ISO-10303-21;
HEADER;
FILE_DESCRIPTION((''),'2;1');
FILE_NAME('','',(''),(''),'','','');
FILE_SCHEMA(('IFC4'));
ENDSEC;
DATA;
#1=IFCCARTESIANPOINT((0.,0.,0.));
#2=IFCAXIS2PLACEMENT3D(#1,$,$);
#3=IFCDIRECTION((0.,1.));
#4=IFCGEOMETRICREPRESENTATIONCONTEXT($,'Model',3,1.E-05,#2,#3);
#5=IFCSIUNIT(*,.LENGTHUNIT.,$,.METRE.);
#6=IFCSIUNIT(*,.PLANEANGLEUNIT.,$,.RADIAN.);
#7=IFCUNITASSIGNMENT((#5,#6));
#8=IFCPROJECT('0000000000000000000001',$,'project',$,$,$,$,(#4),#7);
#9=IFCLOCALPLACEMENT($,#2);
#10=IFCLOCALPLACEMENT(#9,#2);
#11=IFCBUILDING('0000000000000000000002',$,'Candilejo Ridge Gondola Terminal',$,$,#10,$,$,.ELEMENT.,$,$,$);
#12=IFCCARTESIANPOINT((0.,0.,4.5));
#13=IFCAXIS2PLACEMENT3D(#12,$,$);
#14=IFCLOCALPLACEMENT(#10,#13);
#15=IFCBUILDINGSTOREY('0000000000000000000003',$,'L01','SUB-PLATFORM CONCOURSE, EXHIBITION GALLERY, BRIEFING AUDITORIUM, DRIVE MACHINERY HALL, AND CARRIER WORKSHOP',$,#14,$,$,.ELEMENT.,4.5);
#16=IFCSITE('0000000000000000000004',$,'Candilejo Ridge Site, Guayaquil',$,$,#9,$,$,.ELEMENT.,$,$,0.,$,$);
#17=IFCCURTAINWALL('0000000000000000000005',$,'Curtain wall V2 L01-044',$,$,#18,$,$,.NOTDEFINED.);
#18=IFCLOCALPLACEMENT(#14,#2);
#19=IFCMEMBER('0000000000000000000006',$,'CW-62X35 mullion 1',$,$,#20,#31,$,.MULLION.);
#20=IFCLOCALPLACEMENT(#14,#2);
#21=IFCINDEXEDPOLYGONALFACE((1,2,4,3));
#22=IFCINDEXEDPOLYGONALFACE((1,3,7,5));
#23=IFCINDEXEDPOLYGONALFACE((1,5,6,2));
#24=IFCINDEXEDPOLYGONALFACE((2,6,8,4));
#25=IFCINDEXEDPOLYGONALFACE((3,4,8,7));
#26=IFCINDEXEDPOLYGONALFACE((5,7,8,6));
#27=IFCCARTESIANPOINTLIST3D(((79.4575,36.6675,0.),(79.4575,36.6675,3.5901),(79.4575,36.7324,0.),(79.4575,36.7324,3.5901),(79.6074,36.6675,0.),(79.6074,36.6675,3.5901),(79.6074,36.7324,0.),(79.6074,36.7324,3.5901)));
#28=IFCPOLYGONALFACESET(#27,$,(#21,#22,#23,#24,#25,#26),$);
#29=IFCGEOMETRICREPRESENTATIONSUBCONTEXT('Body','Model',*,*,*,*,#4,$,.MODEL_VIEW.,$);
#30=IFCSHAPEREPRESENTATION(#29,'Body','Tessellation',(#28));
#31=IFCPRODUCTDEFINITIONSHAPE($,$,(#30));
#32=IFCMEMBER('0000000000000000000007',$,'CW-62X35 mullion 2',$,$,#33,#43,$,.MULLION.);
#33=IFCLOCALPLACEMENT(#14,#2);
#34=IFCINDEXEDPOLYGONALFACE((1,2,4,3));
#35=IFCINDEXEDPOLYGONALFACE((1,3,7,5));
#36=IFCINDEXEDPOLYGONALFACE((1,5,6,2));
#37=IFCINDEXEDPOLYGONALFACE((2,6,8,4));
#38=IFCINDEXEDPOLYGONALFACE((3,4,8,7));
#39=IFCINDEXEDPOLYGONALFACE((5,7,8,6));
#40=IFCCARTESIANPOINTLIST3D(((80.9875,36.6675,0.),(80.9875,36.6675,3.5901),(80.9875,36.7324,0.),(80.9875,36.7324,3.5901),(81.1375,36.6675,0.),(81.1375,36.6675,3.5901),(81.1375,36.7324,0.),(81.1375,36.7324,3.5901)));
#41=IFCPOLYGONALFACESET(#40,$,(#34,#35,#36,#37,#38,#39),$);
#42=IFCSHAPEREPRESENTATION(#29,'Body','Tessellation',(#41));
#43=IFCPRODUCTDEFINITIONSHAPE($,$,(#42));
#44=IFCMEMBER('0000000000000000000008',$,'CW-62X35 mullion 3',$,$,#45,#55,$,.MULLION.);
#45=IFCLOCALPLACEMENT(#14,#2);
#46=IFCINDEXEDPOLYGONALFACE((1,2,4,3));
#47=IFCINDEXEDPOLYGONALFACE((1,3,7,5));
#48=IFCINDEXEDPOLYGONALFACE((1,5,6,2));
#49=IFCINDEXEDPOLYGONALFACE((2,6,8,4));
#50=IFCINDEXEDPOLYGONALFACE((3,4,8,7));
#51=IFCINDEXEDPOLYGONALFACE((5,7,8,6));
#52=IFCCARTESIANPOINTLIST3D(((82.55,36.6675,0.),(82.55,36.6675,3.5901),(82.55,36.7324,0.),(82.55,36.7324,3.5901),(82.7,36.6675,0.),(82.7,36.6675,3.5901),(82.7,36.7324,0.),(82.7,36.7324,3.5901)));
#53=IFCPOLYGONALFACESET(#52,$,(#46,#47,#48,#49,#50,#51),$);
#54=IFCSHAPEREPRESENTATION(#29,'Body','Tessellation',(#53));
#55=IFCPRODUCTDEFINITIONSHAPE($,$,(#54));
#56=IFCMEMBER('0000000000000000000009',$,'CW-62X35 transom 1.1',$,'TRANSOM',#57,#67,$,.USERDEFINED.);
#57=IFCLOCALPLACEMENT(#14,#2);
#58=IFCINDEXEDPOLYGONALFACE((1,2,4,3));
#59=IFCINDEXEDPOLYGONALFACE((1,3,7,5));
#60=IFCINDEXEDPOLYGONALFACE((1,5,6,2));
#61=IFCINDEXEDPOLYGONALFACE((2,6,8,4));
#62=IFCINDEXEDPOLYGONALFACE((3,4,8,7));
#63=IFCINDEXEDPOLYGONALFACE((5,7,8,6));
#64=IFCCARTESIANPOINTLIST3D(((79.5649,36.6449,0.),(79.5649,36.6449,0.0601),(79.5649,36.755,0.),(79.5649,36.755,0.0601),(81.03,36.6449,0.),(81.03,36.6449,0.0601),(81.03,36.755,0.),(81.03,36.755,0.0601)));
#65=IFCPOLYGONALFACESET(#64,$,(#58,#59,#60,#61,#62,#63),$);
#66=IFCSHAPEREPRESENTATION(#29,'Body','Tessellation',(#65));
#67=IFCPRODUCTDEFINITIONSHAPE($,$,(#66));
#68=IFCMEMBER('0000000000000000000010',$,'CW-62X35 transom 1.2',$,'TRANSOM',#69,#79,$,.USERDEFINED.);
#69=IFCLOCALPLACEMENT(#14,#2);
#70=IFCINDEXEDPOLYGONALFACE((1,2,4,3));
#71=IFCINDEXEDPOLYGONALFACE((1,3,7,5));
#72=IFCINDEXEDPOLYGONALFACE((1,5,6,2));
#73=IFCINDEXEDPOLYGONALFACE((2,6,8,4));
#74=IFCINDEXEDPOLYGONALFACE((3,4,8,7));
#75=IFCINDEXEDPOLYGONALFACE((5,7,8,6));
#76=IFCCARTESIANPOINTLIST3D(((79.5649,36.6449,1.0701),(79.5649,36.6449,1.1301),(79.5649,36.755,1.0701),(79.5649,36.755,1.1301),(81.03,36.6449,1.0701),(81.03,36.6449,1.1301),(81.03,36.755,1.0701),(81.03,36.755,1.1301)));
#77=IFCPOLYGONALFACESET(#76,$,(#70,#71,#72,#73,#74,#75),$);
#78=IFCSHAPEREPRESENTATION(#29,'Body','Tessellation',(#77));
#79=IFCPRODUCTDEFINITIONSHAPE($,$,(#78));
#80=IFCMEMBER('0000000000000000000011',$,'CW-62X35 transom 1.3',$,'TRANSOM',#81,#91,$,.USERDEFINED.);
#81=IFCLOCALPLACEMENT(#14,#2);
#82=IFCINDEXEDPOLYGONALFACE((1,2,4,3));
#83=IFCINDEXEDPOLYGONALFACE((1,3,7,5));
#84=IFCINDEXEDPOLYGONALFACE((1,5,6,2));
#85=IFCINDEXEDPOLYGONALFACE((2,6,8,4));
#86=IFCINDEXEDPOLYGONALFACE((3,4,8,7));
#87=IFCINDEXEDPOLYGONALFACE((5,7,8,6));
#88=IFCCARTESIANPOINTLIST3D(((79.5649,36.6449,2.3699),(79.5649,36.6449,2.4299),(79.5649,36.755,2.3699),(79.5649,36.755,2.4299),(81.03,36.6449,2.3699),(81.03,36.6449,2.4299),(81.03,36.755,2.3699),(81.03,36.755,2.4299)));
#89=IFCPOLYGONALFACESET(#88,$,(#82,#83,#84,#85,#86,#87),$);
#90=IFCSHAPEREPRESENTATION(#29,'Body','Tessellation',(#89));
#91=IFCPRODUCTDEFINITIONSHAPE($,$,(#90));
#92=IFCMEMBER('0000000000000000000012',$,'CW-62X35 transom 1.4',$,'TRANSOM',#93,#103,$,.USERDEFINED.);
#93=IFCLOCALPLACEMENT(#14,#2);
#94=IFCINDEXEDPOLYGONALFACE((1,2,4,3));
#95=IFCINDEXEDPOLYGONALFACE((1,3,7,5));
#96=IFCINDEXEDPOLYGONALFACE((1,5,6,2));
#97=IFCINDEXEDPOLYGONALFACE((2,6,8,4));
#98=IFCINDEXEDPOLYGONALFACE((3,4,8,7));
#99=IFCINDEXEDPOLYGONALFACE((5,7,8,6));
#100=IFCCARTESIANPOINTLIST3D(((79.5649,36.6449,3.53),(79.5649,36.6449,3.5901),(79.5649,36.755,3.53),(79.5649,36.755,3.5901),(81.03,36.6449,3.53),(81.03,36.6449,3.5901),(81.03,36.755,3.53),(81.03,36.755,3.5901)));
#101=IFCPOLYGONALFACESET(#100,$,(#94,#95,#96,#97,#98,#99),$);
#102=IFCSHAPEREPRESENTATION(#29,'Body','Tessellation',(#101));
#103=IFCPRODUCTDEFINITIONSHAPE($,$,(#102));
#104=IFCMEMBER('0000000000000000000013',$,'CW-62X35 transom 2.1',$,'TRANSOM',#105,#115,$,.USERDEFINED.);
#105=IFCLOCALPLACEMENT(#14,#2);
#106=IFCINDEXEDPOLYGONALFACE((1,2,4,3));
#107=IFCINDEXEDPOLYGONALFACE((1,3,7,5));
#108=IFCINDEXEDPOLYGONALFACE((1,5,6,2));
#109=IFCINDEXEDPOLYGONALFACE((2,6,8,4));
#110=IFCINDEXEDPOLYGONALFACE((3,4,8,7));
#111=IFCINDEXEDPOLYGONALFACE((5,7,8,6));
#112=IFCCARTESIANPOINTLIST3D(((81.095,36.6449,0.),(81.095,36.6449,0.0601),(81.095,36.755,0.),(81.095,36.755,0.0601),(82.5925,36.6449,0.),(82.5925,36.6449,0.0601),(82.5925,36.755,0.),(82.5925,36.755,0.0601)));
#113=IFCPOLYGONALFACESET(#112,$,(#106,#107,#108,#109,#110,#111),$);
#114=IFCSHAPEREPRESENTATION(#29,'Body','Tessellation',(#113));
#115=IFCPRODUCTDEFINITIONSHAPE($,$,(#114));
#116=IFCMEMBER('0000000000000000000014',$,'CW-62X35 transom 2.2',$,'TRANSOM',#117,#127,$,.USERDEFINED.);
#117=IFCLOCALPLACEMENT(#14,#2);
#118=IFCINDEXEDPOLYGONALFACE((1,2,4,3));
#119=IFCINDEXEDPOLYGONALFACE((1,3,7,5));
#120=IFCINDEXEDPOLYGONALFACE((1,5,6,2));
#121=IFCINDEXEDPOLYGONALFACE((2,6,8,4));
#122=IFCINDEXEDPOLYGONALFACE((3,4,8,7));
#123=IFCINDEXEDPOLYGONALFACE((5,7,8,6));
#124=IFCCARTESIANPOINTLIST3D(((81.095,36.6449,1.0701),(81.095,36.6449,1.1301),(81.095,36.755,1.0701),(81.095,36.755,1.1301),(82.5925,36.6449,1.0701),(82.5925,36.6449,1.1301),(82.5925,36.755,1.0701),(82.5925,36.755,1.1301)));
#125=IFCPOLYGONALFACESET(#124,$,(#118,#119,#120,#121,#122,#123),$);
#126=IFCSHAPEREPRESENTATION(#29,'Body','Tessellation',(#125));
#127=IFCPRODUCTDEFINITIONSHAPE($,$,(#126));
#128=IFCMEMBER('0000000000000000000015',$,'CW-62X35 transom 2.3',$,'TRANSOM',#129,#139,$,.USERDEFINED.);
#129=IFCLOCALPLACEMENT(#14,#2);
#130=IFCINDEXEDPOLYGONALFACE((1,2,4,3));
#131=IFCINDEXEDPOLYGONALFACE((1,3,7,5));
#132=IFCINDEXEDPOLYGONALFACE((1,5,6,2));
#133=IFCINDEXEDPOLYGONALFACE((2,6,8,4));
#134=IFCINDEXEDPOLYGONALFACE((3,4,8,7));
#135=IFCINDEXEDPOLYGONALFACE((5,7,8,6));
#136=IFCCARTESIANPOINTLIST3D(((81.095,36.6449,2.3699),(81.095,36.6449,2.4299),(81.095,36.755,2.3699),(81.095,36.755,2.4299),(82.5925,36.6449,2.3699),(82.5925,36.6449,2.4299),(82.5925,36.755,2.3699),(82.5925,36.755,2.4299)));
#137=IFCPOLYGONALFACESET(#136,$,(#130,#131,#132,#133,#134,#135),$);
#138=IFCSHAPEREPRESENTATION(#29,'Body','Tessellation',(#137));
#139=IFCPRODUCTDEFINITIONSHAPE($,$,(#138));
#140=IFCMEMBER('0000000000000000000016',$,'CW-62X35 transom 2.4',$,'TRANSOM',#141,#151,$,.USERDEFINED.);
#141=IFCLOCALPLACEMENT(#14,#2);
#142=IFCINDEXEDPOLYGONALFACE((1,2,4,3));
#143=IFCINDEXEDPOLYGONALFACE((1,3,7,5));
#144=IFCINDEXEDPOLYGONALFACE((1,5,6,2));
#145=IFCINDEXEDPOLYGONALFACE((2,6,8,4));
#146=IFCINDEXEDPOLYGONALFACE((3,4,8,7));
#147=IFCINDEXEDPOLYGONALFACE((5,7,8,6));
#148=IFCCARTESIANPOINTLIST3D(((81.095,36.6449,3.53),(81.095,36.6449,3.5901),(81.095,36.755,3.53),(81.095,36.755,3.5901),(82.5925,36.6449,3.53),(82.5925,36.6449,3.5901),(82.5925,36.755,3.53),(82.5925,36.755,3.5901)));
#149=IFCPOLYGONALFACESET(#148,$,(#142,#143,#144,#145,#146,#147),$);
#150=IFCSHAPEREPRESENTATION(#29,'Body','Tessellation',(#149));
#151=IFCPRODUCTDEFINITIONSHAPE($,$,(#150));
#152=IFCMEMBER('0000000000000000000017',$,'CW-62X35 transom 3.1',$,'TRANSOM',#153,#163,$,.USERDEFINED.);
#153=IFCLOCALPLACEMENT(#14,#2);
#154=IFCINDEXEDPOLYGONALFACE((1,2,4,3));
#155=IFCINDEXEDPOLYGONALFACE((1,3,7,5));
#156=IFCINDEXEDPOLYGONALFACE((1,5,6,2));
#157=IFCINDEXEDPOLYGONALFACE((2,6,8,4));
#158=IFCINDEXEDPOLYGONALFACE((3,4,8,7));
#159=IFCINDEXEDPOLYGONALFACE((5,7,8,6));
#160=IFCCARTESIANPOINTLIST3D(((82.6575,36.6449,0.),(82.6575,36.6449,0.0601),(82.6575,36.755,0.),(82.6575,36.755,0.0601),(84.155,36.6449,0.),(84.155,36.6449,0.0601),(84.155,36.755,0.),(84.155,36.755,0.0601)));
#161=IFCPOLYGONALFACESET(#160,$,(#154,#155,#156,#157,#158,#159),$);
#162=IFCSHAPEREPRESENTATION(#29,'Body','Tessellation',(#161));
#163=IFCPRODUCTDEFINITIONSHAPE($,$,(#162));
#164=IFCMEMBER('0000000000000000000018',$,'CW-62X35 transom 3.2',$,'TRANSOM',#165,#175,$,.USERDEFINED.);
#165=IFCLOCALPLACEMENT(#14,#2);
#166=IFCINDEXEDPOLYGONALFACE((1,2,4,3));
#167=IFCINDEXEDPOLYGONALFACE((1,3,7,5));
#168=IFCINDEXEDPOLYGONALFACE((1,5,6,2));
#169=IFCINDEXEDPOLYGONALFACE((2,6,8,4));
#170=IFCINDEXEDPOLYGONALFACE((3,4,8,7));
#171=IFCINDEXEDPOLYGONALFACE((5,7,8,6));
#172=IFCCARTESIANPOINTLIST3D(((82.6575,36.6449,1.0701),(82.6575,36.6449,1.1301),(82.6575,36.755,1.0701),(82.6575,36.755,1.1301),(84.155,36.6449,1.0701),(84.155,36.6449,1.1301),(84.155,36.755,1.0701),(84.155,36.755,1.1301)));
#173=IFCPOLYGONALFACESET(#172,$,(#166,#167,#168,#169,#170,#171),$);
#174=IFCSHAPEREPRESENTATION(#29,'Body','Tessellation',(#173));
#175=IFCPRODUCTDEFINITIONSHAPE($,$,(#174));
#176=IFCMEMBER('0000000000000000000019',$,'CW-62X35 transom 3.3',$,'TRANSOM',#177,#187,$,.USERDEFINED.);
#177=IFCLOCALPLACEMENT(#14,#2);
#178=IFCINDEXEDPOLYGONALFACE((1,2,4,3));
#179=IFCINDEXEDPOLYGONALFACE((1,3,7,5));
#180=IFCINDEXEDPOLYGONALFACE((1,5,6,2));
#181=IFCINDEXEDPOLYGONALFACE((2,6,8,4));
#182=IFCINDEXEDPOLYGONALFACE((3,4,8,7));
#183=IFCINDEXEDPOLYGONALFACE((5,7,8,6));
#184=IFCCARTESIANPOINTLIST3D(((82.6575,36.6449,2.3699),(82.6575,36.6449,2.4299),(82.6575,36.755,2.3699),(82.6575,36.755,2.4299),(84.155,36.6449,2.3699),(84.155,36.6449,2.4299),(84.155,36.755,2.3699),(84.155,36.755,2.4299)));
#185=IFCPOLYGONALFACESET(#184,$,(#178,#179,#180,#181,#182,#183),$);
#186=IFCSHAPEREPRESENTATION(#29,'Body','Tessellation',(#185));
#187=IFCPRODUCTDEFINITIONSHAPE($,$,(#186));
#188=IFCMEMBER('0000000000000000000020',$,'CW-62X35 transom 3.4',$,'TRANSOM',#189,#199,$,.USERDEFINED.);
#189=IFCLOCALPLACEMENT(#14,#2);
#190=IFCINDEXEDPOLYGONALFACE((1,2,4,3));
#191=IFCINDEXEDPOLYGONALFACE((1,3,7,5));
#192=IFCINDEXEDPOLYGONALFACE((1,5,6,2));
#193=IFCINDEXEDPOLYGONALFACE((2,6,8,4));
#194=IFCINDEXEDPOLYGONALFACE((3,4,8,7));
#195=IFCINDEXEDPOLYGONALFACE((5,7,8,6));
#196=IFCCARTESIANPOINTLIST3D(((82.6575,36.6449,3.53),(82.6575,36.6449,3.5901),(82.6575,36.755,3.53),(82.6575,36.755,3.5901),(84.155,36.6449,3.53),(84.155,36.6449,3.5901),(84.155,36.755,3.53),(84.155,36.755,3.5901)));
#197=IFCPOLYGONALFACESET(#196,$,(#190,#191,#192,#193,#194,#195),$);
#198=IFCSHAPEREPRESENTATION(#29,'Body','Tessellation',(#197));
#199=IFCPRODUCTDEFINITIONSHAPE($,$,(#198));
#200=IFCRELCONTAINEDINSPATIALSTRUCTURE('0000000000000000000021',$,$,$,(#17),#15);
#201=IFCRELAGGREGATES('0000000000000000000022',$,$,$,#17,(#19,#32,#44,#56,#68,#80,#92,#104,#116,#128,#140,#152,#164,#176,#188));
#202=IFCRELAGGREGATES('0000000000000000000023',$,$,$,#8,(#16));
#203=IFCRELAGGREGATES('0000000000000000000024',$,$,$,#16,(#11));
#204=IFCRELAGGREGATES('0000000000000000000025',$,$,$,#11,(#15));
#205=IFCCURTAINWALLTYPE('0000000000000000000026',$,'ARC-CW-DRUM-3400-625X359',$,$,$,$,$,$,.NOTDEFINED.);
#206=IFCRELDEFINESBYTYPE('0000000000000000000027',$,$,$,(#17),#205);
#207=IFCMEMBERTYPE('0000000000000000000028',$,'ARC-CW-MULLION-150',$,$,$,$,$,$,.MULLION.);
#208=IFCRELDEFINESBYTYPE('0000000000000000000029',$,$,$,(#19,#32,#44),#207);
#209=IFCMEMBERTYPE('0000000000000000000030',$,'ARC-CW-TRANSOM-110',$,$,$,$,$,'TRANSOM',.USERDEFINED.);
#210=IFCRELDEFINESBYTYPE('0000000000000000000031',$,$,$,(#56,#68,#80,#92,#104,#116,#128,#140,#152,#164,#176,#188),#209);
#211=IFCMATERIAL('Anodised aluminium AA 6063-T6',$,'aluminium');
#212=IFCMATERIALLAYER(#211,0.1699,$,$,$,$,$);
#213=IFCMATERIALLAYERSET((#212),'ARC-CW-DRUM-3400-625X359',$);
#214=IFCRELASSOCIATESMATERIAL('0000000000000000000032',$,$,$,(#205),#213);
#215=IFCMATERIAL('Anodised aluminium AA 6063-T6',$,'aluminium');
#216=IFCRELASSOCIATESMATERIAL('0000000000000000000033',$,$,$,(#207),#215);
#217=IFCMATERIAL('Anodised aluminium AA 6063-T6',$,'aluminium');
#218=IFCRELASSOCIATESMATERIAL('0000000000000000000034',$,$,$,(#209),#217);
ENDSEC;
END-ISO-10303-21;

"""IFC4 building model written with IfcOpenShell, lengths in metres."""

from ifc_helpers import new_model, si_unit, direction, frame, origin, origin_2d, place, context, subcontext, project, spatial, rectangle, extrude, material, layer, layer_set, material_profile, profile_set, type_object, element, aggregate, save


model = new_model("IFC4")

# Units and contexts
model_context = context("Model", 3, precision=1e-05, world=origin(), true_north=direction((0.0, 1.0)))
body_context = subcontext(model_context, "Body", "Model", "MODEL_VIEW")
ifc_project = project(units=[si_unit("LENGTHUNIT", "METRE"), si_unit("PLANEANGLEUNIT", "RADIAN")], contexts=[model_context])

# Site, building, storey
site_placement = place(None, origin())
site = spatial("IfcSite", under=ifc_project, at=site_placement, Name="Candilejo Ridge Site, Guayaquil", CompositionType="ELEMENT", RefElevation=0.0)
building_placement = place(site_placement, origin())
building = spatial("IfcBuilding", under=site, at=building_placement, Name="Candilejo Ridge Gondola Terminal", CompositionType="ELEMENT")
storey_placement = place(building_placement, frame((0.0, 0.0, 4.5)))
storey = spatial("IfcBuildingStorey", under=building, at=storey_placement, Name="L01", Description="SUB-PLATFORM CONCOURSE, EXHIBITION GALLERY, BRIEFING AUDITORIUM, DRIVE MACHINERY HALL, AND CARRIER WORKSHOP", CompositionType="ELEMENT", Elevation=4.5)

# Curtain wall, members
ifc_material_1 = material(Name="Anodised aluminium AA 6063-T6", Category="aluminium")
ifc_layer_1 = layer(ifc_material_1, 0.1699)
ifc_layer_set_1 = layer_set([ifc_layer_1], Name="ARC-CW-DRUM-3400-625X359")
curtain_wall_type = type_object("IfcCurtainWallType", Name="ARC-CW-DRUM-3400-625X359", PredefinedType="NOTDEFINED", material=ifc_layer_set_1)
curtain_wall_placement = place(storey_placement, origin())
curtain_wall = element("IfcCurtainWall", 1, at=curtain_wall_placement, inside=storey, type_object=curtain_wall_type, Name="Curtain wall V2 L01-044", PredefinedType="NOTDEFINED")
ifc_material_2 = material(Name="Anodised aluminium AA 6063-T6", Category="aluminium")
ifc_material_profile_1 = material_profile(ifc_material_2, rectangle(XDim=0.0649, YDim=0.1499, at=origin_2d()))
ifc_profile_set_1 = profile_set([ifc_material_profile_1], Name="Anodised aluminium AA 6063-T6")
member_type_1 = type_object("IfcMemberType", Name="ARC-CW-MULLION-150", PredefinedType="MULLION", material=ifc_profile_set_1)
member_1_placement = place(storey_placement, frame((79.5325, 36.7, 0.0), z_axis=(0.0, 0.0, 1.0), x_axis=(0.0, 1.0, 0.0)))
member_1 = element("IfcMember", 2, at=member_1_placement, type_object=member_type_1, Name="CW-62X35 mullion 1", PredefinedType="MULLION", context=body_context, shape_type="SweptSolid", body=[
    extrude(rectangle(XDim=0.0649, YDim=0.1499, at=origin_2d()), origin(), (0.0, 0.0, 1.0), 3.5901),
])
member_2_placement = place(storey_placement, frame((81.0625, 36.7, 0.0), z_axis=(0.0, 0.0, 1.0), x_axis=(0.0, 1.0, 0.0)))
member_2 = element("IfcMember", 3, at=member_2_placement, type_object=member_type_1, Name="CW-62X35 mullion 2", PredefinedType="MULLION", context=body_context, shape_type="SweptSolid", body=[
    extrude(rectangle(XDim=0.0649, YDim=0.1499, at=origin_2d()), origin(), (0.0, 0.0, 1.0), 3.5901),
])
member_3_placement = place(storey_placement, frame((82.625, 36.7, 0.0), z_axis=(0.0, 0.0, 1.0), x_axis=(0.0, 1.0, 0.0)))
member_3 = element("IfcMember", 4, at=member_3_placement, type_object=member_type_1, Name="CW-62X35 mullion 3", PredefinedType="MULLION", context=body_context, shape_type="SweptSolid", body=[
    extrude(rectangle(XDim=0.0649, YDim=0.1499, at=origin_2d()), origin(), (0.0, 0.0, 1.0), 3.5901),
])
ifc_material_3 = material(Name="Anodised aluminium AA 6063-T6", Category="aluminium")
ifc_material_profile_2 = material_profile(ifc_material_3, rectangle(XDim=0.1101, YDim=0.0601, at=origin_2d()))
ifc_profile_set_2 = profile_set([ifc_material_profile_2], Name="Anodised aluminium AA 6063-T6")
member_type_2 = type_object("IfcMemberType", Name="ARC-CW-TRANSOM-110", ElementType="TRANSOM", PredefinedType="USERDEFINED", material=ifc_profile_set_2)
member_4_placement = place(storey_placement, frame((79.5649, 36.7, 0.03), z_axis=(1.0, 0.0, 0.0), x_axis=(0.0, 1.0, 0.0)))
member_4 = element("IfcMember", 5, at=member_4_placement, type_object=member_type_2, Name="CW-62X35 transom 1.1", ObjectType="TRANSOM", PredefinedType="USERDEFINED", context=body_context, shape_type="SweptSolid", body=[
    extrude(rectangle(XDim=0.1101, YDim=0.0601, at=origin_2d()), origin(), (0.0, 0.0, 1.0), 1.4651),
])
member_5_placement = place(storey_placement, frame((79.5649, 36.7, 1.1001), z_axis=(1.0, 0.0, 0.0), x_axis=(0.0, 1.0, 0.0)))
member_5 = element("IfcMember", 6, at=member_5_placement, type_object=member_type_2, Name="CW-62X35 transom 1.2", ObjectType="TRANSOM", PredefinedType="USERDEFINED", context=body_context, shape_type="SweptSolid", body=[
    extrude(rectangle(XDim=0.1101, YDim=0.0601, at=origin_2d()), origin(), (0.0, 0.0, 1.0), 1.4651),
])
member_6_placement = place(storey_placement, frame((79.5649, 36.7, 2.3999), z_axis=(1.0, 0.0, 0.0), x_axis=(0.0, 1.0, 0.0)))
member_6 = element("IfcMember", 7, at=member_6_placement, type_object=member_type_2, Name="CW-62X35 transom 1.3", ObjectType="TRANSOM", PredefinedType="USERDEFINED", context=body_context, shape_type="SweptSolid", body=[
    extrude(rectangle(XDim=0.1101, YDim=0.0601, at=origin_2d()), origin(), (0.0, 0.0, 1.0), 1.4651),
])
member_7_placement = place(storey_placement, frame((79.5649, 36.7, 3.5601), z_axis=(1.0, 0.0, 0.0), x_axis=(0.0, 1.0, 0.0)))
member_7 = element("IfcMember", 8, at=member_7_placement, type_object=member_type_2, Name="CW-62X35 transom 1.4", ObjectType="TRANSOM", PredefinedType="USERDEFINED", context=body_context, shape_type="SweptSolid", body=[
    extrude(rectangle(XDim=0.1101, YDim=0.0601, at=origin_2d()), origin(), (0.0, 0.0, 1.0), 1.4651),
])
member_8_placement = place(storey_placement, frame((81.095, 36.7, 0.03), z_axis=(1.0, 0.0, 0.0), x_axis=(0.0, 1.0, 0.0)))
member_8 = element("IfcMember", 9, at=member_8_placement, type_object=member_type_2, Name="CW-62X35 transom 2.1", ObjectType="TRANSOM", PredefinedType="USERDEFINED", context=body_context, shape_type="SweptSolid", body=[
    extrude(rectangle(XDim=0.1101, YDim=0.0601, at=origin_2d()), origin(), (0.0, 0.0, 1.0), 1.4976),
])
member_9_placement = place(storey_placement, frame((81.095, 36.7, 1.1001), z_axis=(1.0, 0.0, 0.0), x_axis=(0.0, 1.0, 0.0)))
member_9 = element("IfcMember", 10, at=member_9_placement, type_object=member_type_2, Name="CW-62X35 transom 2.2", ObjectType="TRANSOM", PredefinedType="USERDEFINED", context=body_context, shape_type="SweptSolid", body=[
    extrude(rectangle(XDim=0.1101, YDim=0.0601, at=origin_2d()), origin(), (0.0, 0.0, 1.0), 1.4976),
])
member_10_placement = place(storey_placement, frame((81.095, 36.7, 2.3999), z_axis=(1.0, 0.0, 0.0), x_axis=(0.0, 1.0, 0.0)))
member_10 = element("IfcMember", 11, at=member_10_placement, type_object=member_type_2, Name="CW-62X35 transom 2.3", ObjectType="TRANSOM", PredefinedType="USERDEFINED", context=body_context, shape_type="SweptSolid", body=[
    extrude(rectangle(XDim=0.1101, YDim=0.0601, at=origin_2d()), origin(), (0.0, 0.0, 1.0), 1.4976),
])
member_11_placement = place(storey_placement, frame((81.095, 36.7, 3.5601), z_axis=(1.0, 0.0, 0.0), x_axis=(0.0, 1.0, 0.0)))
member_11 = element("IfcMember", 12, at=member_11_placement, type_object=member_type_2, Name="CW-62X35 transom 2.4", ObjectType="TRANSOM", PredefinedType="USERDEFINED", context=body_context, shape_type="SweptSolid", body=[
    extrude(rectangle(XDim=0.1101, YDim=0.0601, at=origin_2d()), origin(), (0.0, 0.0, 1.0), 1.4976),
])
member_12_placement = place(storey_placement, frame((82.6575, 36.7, 0.03), z_axis=(1.0, 0.0, 0.0), x_axis=(0.0, 1.0, 0.0)))
member_12 = element("IfcMember", 13, at=member_12_placement, type_object=member_type_2, Name="CW-62X35 transom 3.1", ObjectType="TRANSOM", PredefinedType="USERDEFINED", context=body_context, shape_type="SweptSolid", body=[
    extrude(rectangle(XDim=0.1101, YDim=0.0601, at=origin_2d()), origin(), (0.0, 0.0, 1.0), 1.4976),
])
member_13_placement = place(storey_placement, frame((82.6575, 36.7, 1.1001), z_axis=(1.0, 0.0, 0.0), x_axis=(0.0, 1.0, 0.0)))
member_13 = element("IfcMember", 14, at=member_13_placement, type_object=member_type_2, Name="CW-62X35 transom 3.2", ObjectType="TRANSOM", PredefinedType="USERDEFINED", context=body_context, shape_type="SweptSolid", body=[
    extrude(rectangle(XDim=0.1101, YDim=0.0601, at=origin_2d()), origin(), (0.0, 0.0, 1.0), 1.4976),
])
member_14_placement = place(storey_placement, frame((82.6575, 36.7, 2.3999), z_axis=(1.0, 0.0, 0.0), x_axis=(0.0, 1.0, 0.0)))
member_14 = element("IfcMember", 15, at=member_14_placement, type_object=member_type_2, Name="CW-62X35 transom 3.3", ObjectType="TRANSOM", PredefinedType="USERDEFINED", context=body_context, shape_type="SweptSolid", body=[
    extrude(rectangle(XDim=0.1101, YDim=0.0601, at=origin_2d()), origin(), (0.0, 0.0, 1.0), 1.4976),
])
member_15_placement = place(storey_placement, frame((82.6575, 36.7, 3.5601), z_axis=(1.0, 0.0, 0.0), x_axis=(0.0, 1.0, 0.0)))
member_15 = element("IfcMember", 16, at=member_15_placement, type_object=member_type_2, Name="CW-62X35 transom 3.4", ObjectType="TRANSOM", PredefinedType="USERDEFINED", context=body_context, shape_type="SweptSolid", body=[
    extrude(rectangle(XDim=0.1101, YDim=0.0601, at=origin_2d()), origin(), (0.0, 0.0, 1.0), 1.4976),
])
aggregate(curtain_wall, [member_1, member_2, member_3, member_4, member_5, member_6, member_7, member_8, member_9, member_10, member_11, member_12, member_13, member_14, member_15])

save(model, "model.ifc")
